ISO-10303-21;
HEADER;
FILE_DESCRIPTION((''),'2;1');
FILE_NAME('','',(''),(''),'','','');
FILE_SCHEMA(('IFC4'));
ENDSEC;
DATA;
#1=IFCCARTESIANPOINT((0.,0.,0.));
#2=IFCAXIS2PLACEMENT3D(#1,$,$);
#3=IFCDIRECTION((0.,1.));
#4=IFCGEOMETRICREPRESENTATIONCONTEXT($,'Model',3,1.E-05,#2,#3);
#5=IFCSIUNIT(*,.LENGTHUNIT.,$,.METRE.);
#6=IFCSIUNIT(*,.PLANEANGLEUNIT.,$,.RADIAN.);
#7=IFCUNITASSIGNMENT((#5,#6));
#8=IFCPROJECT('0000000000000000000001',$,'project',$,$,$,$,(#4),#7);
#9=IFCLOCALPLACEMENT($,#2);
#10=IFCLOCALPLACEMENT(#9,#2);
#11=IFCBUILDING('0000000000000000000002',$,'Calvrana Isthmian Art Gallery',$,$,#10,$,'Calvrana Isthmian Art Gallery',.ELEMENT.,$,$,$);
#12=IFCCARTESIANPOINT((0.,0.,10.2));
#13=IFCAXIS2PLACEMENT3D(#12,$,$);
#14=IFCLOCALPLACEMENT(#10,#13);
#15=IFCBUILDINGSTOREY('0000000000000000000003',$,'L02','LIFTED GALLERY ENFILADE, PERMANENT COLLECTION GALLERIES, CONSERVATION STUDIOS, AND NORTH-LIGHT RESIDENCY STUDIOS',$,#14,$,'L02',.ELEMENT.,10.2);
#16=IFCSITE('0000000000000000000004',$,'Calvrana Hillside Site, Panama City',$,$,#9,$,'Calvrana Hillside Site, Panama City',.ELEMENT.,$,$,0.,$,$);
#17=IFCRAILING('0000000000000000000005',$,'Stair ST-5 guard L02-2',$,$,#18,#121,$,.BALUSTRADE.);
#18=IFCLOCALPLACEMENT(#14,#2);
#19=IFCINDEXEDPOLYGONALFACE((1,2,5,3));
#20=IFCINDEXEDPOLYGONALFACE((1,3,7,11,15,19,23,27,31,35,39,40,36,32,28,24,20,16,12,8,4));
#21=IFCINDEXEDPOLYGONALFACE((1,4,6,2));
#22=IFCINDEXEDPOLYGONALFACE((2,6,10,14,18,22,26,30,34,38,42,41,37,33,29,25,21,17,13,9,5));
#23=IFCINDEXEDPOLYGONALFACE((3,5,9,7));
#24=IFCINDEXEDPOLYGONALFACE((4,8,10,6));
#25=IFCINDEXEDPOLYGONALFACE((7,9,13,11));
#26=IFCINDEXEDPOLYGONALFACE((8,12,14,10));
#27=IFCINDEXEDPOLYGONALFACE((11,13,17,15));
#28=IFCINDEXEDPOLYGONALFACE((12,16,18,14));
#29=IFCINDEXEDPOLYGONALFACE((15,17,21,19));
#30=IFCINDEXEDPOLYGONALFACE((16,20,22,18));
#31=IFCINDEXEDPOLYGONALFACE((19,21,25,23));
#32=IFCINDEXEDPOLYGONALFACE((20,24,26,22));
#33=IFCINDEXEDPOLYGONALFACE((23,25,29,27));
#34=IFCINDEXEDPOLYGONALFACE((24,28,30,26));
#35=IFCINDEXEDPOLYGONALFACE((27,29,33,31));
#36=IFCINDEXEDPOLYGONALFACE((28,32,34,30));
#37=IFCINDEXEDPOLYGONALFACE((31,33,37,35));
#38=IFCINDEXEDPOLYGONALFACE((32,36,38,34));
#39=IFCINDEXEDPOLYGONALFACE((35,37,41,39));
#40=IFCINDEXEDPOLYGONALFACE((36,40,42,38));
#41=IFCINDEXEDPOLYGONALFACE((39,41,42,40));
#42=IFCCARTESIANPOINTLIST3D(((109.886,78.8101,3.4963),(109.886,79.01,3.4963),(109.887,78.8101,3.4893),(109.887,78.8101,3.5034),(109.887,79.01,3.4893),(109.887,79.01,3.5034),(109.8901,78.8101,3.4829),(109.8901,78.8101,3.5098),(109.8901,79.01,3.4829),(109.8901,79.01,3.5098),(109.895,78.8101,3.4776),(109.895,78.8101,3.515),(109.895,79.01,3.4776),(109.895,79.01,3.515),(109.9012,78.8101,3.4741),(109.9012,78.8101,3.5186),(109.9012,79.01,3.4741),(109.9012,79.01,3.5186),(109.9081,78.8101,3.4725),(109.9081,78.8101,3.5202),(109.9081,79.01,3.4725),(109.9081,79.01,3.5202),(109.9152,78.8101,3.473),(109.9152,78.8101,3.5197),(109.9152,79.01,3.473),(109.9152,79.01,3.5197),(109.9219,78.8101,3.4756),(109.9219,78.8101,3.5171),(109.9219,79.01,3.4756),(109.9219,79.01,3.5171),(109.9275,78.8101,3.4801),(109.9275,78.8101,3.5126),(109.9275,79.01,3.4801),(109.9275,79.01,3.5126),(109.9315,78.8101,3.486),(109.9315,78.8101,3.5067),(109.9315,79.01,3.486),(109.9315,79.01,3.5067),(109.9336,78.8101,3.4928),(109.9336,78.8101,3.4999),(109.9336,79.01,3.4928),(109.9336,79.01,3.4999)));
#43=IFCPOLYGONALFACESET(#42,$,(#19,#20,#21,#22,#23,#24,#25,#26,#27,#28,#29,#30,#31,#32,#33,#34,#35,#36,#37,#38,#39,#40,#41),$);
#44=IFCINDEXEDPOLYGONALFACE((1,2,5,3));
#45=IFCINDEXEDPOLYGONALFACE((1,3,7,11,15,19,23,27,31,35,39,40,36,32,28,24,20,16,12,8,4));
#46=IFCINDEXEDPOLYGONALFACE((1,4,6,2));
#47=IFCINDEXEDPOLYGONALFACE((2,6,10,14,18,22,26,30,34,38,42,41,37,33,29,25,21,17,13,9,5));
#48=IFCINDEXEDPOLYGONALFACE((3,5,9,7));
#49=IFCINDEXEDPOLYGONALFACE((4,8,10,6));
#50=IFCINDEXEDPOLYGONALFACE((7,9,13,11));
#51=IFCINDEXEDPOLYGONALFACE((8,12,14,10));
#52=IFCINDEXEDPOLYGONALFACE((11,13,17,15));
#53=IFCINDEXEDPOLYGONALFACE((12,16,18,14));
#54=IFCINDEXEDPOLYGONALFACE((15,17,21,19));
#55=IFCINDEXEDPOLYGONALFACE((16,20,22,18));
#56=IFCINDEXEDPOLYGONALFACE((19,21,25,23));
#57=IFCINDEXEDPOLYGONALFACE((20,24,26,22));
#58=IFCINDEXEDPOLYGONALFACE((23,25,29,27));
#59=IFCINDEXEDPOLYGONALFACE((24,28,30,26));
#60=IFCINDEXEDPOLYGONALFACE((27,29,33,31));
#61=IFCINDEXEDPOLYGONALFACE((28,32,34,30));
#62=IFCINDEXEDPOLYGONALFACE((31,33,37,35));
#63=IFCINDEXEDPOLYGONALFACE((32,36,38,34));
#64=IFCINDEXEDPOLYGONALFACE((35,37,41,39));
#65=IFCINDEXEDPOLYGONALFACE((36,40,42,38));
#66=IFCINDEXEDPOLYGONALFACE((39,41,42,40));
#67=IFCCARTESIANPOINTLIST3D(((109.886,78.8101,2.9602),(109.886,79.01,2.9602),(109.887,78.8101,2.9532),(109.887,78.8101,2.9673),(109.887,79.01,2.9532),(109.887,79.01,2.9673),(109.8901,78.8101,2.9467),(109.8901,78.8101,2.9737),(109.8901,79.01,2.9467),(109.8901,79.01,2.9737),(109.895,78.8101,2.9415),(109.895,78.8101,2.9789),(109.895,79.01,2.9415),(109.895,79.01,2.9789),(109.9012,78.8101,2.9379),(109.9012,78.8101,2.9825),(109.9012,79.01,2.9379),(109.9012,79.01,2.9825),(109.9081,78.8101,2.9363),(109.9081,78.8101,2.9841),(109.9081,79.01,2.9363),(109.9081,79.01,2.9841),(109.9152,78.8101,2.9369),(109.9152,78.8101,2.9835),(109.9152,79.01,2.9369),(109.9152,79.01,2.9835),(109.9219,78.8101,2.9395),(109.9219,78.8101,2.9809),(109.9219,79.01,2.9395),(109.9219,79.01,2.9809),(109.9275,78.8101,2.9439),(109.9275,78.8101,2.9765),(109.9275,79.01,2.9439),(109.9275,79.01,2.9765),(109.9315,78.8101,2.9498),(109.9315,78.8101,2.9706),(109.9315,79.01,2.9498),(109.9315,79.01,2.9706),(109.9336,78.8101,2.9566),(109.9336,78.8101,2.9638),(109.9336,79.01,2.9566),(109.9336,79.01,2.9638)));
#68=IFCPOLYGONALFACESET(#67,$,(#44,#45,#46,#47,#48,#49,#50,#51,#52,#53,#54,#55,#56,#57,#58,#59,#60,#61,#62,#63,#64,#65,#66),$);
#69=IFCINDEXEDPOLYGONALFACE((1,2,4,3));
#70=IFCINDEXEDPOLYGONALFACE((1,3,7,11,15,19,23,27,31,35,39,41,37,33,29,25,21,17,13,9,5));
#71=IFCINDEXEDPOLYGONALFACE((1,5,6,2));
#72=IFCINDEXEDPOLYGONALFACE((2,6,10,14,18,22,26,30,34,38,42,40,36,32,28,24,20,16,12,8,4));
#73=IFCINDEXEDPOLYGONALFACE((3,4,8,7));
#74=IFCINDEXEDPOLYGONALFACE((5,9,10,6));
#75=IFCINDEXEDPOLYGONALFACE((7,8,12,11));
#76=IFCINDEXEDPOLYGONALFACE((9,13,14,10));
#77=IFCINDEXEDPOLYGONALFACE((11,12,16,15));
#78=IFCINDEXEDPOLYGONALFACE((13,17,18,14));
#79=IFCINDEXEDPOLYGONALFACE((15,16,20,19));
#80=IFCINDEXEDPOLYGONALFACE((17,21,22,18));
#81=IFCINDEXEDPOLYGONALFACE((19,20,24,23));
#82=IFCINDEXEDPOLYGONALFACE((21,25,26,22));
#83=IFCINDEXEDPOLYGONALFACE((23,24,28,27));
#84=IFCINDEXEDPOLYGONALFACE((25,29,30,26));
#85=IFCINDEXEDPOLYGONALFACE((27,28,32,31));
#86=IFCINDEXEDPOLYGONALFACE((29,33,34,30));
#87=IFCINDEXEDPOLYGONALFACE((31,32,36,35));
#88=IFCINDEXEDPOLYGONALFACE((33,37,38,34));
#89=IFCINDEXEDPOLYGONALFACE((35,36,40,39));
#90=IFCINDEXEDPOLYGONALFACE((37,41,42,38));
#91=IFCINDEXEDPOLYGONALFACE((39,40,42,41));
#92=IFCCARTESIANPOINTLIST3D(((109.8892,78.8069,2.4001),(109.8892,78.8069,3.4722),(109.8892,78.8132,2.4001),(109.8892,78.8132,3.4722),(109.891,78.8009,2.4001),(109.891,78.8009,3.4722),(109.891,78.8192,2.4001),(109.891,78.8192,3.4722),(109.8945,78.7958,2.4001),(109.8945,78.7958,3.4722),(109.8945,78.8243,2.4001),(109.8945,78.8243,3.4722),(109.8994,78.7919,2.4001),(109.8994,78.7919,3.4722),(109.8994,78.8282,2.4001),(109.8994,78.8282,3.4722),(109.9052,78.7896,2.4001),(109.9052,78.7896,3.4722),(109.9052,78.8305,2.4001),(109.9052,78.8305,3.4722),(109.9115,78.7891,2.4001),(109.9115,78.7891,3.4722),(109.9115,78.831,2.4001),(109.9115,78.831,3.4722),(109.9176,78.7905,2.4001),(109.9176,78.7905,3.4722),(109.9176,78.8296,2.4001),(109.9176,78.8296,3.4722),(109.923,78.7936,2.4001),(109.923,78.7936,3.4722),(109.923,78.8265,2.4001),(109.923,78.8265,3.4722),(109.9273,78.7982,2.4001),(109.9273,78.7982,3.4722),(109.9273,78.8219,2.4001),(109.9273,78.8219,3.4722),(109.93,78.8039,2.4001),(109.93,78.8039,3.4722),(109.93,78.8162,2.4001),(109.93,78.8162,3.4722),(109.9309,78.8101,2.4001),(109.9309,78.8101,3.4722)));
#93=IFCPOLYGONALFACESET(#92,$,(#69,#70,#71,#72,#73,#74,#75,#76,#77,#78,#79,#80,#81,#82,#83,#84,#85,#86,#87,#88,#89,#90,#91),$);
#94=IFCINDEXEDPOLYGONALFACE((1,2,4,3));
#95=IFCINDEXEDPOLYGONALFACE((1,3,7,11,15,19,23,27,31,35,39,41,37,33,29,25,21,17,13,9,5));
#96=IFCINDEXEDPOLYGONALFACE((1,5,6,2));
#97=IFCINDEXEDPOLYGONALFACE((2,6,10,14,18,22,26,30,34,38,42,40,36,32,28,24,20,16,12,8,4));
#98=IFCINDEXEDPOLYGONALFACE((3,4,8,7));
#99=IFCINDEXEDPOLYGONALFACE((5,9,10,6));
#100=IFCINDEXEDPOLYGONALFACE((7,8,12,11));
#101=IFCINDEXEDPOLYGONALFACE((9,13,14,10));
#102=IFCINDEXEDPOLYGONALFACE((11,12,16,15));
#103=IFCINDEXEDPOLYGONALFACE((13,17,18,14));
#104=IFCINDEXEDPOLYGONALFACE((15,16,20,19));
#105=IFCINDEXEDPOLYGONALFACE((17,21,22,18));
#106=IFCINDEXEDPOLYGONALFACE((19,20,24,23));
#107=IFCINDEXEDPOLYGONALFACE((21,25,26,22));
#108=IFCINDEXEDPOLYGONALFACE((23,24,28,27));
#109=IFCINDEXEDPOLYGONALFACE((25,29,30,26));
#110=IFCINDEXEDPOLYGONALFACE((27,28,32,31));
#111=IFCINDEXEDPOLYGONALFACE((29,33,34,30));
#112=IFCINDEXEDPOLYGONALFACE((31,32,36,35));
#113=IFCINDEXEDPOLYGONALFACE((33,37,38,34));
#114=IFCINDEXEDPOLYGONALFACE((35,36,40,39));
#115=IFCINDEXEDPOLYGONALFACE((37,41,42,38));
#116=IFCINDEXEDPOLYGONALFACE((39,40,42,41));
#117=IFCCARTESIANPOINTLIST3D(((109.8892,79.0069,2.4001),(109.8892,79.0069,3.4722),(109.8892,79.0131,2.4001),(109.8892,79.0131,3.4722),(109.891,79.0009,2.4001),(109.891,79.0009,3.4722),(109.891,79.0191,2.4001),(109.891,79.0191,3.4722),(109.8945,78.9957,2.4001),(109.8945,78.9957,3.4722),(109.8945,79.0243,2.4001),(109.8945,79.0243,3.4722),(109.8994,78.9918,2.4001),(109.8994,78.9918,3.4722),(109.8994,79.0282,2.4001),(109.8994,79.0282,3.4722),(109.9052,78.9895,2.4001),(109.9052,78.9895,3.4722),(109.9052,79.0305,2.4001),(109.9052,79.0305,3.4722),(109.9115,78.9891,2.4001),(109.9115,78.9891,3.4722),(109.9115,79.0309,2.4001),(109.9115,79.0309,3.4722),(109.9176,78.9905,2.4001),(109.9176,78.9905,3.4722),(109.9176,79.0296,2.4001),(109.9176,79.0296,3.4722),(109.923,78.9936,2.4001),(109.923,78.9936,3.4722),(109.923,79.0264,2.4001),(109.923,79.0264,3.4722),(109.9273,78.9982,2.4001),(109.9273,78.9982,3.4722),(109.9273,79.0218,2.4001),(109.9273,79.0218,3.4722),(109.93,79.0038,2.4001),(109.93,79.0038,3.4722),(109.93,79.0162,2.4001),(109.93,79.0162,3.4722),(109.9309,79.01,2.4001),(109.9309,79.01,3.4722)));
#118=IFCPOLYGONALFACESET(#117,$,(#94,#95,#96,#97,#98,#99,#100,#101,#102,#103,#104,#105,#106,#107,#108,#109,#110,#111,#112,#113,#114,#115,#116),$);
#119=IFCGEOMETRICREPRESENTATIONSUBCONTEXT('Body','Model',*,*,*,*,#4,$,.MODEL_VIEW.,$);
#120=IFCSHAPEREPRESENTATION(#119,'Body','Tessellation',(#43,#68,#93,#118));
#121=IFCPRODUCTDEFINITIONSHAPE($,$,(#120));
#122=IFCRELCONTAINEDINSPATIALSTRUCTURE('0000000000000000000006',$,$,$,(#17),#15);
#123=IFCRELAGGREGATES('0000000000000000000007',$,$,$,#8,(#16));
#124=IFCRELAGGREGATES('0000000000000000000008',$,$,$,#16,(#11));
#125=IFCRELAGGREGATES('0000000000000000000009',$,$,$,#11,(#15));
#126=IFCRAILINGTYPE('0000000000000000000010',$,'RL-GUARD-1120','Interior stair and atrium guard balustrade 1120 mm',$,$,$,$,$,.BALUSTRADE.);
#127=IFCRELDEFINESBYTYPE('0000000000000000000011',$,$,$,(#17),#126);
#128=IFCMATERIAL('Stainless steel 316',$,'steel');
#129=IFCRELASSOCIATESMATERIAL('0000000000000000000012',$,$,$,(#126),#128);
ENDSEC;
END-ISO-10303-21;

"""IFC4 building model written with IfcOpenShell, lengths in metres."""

from ifc_helpers import new_model, si_unit, direction, frame, origin, origin_2d, place, context, subcontext, project, spatial, circle, extrude, material, type_object, element, save


model = new_model("IFC4")

# Units and contexts
model_context = context("Model", 3, precision=1e-05, world=origin(), true_north=direction((0.0, 1.0)))
body_context = subcontext(model_context, "Body", "Model", "MODEL_VIEW")
ifc_project = project(units=[si_unit("LENGTHUNIT", "METRE"), si_unit("PLANEANGLEUNIT", "RADIAN")], contexts=[model_context])

# Site, building, storey
site_placement = place(None, origin())
site = spatial("IfcSite", under=ifc_project, at=site_placement, Name="Calvrana Hillside Site, Panama City", LongName="Calvrana Hillside Site, Panama City", CompositionType="ELEMENT", RefElevation=0.0)
building_placement = place(site_placement, origin())
building = spatial("IfcBuilding", under=site, at=building_placement, Name="Calvrana Isthmian Art Gallery", LongName="Calvrana Isthmian Art Gallery", CompositionType="ELEMENT")
storey_placement = place(building_placement, frame((0.0, 0.0, 10.2)))
storey = spatial("IfcBuildingStorey", under=building, at=storey_placement, Name="L02", Description="LIFTED GALLERY ENFILADE, PERMANENT COLLECTION GALLERIES, CONSERVATION STUDIOS, AND NORTH-LIGHT RESIDENCY STUDIOS", LongName="L02", CompositionType="ELEMENT", Elevation=10.2)

# Railing
ifc_material_1 = material(Name="Stainless steel 316", Category="steel")
railing_type_1 = type_object("IfcRailingType", Name="RL-GUARD-1120", Description="Interior stair and atrium guard balustrade 1120 mm", PredefinedType="BALUSTRADE", material=ifc_material_1)
railing_1_placement = place(storey_placement, frame((109.9099, 78.8101, 2.4001)))
element("IfcRailing", 1, at=railing_1_placement, inside=storey, type_object=railing_type_1, Name="Stair ST-5 guard L02-2", PredefinedType="BALUSTRADE", context=body_context, shape_type="SweptSolid", body=[
    extrude(circle(Radius=0.0239, at=origin_2d()), frame((0.0, 0.0, 1.0962), z_axis=(0.0, 1.0, 0.0), x_axis=(-1.0, 0.0, 0.0)), (0.0, 0.0, 1.0), 0.2),
    extrude(circle(Radius=0.0239, at=origin_2d()), frame((0.0, 0.0, 0.5601), z_axis=(0.0, 1.0, 0.0), x_axis=(-1.0, 0.0, 0.0)), (0.0, 0.0, 1.0), 0.2),
    extrude(circle(Radius=0.021, at=origin_2d()), origin(), (0.0, 0.0, 1.0), 1.072),
    extrude(circle(Radius=0.021, at=origin_2d()), frame((0.0, 0.2, 0.0)), (0.0, 0.0, 1.0), 1.072),
])

save(model, "model.ifc")
